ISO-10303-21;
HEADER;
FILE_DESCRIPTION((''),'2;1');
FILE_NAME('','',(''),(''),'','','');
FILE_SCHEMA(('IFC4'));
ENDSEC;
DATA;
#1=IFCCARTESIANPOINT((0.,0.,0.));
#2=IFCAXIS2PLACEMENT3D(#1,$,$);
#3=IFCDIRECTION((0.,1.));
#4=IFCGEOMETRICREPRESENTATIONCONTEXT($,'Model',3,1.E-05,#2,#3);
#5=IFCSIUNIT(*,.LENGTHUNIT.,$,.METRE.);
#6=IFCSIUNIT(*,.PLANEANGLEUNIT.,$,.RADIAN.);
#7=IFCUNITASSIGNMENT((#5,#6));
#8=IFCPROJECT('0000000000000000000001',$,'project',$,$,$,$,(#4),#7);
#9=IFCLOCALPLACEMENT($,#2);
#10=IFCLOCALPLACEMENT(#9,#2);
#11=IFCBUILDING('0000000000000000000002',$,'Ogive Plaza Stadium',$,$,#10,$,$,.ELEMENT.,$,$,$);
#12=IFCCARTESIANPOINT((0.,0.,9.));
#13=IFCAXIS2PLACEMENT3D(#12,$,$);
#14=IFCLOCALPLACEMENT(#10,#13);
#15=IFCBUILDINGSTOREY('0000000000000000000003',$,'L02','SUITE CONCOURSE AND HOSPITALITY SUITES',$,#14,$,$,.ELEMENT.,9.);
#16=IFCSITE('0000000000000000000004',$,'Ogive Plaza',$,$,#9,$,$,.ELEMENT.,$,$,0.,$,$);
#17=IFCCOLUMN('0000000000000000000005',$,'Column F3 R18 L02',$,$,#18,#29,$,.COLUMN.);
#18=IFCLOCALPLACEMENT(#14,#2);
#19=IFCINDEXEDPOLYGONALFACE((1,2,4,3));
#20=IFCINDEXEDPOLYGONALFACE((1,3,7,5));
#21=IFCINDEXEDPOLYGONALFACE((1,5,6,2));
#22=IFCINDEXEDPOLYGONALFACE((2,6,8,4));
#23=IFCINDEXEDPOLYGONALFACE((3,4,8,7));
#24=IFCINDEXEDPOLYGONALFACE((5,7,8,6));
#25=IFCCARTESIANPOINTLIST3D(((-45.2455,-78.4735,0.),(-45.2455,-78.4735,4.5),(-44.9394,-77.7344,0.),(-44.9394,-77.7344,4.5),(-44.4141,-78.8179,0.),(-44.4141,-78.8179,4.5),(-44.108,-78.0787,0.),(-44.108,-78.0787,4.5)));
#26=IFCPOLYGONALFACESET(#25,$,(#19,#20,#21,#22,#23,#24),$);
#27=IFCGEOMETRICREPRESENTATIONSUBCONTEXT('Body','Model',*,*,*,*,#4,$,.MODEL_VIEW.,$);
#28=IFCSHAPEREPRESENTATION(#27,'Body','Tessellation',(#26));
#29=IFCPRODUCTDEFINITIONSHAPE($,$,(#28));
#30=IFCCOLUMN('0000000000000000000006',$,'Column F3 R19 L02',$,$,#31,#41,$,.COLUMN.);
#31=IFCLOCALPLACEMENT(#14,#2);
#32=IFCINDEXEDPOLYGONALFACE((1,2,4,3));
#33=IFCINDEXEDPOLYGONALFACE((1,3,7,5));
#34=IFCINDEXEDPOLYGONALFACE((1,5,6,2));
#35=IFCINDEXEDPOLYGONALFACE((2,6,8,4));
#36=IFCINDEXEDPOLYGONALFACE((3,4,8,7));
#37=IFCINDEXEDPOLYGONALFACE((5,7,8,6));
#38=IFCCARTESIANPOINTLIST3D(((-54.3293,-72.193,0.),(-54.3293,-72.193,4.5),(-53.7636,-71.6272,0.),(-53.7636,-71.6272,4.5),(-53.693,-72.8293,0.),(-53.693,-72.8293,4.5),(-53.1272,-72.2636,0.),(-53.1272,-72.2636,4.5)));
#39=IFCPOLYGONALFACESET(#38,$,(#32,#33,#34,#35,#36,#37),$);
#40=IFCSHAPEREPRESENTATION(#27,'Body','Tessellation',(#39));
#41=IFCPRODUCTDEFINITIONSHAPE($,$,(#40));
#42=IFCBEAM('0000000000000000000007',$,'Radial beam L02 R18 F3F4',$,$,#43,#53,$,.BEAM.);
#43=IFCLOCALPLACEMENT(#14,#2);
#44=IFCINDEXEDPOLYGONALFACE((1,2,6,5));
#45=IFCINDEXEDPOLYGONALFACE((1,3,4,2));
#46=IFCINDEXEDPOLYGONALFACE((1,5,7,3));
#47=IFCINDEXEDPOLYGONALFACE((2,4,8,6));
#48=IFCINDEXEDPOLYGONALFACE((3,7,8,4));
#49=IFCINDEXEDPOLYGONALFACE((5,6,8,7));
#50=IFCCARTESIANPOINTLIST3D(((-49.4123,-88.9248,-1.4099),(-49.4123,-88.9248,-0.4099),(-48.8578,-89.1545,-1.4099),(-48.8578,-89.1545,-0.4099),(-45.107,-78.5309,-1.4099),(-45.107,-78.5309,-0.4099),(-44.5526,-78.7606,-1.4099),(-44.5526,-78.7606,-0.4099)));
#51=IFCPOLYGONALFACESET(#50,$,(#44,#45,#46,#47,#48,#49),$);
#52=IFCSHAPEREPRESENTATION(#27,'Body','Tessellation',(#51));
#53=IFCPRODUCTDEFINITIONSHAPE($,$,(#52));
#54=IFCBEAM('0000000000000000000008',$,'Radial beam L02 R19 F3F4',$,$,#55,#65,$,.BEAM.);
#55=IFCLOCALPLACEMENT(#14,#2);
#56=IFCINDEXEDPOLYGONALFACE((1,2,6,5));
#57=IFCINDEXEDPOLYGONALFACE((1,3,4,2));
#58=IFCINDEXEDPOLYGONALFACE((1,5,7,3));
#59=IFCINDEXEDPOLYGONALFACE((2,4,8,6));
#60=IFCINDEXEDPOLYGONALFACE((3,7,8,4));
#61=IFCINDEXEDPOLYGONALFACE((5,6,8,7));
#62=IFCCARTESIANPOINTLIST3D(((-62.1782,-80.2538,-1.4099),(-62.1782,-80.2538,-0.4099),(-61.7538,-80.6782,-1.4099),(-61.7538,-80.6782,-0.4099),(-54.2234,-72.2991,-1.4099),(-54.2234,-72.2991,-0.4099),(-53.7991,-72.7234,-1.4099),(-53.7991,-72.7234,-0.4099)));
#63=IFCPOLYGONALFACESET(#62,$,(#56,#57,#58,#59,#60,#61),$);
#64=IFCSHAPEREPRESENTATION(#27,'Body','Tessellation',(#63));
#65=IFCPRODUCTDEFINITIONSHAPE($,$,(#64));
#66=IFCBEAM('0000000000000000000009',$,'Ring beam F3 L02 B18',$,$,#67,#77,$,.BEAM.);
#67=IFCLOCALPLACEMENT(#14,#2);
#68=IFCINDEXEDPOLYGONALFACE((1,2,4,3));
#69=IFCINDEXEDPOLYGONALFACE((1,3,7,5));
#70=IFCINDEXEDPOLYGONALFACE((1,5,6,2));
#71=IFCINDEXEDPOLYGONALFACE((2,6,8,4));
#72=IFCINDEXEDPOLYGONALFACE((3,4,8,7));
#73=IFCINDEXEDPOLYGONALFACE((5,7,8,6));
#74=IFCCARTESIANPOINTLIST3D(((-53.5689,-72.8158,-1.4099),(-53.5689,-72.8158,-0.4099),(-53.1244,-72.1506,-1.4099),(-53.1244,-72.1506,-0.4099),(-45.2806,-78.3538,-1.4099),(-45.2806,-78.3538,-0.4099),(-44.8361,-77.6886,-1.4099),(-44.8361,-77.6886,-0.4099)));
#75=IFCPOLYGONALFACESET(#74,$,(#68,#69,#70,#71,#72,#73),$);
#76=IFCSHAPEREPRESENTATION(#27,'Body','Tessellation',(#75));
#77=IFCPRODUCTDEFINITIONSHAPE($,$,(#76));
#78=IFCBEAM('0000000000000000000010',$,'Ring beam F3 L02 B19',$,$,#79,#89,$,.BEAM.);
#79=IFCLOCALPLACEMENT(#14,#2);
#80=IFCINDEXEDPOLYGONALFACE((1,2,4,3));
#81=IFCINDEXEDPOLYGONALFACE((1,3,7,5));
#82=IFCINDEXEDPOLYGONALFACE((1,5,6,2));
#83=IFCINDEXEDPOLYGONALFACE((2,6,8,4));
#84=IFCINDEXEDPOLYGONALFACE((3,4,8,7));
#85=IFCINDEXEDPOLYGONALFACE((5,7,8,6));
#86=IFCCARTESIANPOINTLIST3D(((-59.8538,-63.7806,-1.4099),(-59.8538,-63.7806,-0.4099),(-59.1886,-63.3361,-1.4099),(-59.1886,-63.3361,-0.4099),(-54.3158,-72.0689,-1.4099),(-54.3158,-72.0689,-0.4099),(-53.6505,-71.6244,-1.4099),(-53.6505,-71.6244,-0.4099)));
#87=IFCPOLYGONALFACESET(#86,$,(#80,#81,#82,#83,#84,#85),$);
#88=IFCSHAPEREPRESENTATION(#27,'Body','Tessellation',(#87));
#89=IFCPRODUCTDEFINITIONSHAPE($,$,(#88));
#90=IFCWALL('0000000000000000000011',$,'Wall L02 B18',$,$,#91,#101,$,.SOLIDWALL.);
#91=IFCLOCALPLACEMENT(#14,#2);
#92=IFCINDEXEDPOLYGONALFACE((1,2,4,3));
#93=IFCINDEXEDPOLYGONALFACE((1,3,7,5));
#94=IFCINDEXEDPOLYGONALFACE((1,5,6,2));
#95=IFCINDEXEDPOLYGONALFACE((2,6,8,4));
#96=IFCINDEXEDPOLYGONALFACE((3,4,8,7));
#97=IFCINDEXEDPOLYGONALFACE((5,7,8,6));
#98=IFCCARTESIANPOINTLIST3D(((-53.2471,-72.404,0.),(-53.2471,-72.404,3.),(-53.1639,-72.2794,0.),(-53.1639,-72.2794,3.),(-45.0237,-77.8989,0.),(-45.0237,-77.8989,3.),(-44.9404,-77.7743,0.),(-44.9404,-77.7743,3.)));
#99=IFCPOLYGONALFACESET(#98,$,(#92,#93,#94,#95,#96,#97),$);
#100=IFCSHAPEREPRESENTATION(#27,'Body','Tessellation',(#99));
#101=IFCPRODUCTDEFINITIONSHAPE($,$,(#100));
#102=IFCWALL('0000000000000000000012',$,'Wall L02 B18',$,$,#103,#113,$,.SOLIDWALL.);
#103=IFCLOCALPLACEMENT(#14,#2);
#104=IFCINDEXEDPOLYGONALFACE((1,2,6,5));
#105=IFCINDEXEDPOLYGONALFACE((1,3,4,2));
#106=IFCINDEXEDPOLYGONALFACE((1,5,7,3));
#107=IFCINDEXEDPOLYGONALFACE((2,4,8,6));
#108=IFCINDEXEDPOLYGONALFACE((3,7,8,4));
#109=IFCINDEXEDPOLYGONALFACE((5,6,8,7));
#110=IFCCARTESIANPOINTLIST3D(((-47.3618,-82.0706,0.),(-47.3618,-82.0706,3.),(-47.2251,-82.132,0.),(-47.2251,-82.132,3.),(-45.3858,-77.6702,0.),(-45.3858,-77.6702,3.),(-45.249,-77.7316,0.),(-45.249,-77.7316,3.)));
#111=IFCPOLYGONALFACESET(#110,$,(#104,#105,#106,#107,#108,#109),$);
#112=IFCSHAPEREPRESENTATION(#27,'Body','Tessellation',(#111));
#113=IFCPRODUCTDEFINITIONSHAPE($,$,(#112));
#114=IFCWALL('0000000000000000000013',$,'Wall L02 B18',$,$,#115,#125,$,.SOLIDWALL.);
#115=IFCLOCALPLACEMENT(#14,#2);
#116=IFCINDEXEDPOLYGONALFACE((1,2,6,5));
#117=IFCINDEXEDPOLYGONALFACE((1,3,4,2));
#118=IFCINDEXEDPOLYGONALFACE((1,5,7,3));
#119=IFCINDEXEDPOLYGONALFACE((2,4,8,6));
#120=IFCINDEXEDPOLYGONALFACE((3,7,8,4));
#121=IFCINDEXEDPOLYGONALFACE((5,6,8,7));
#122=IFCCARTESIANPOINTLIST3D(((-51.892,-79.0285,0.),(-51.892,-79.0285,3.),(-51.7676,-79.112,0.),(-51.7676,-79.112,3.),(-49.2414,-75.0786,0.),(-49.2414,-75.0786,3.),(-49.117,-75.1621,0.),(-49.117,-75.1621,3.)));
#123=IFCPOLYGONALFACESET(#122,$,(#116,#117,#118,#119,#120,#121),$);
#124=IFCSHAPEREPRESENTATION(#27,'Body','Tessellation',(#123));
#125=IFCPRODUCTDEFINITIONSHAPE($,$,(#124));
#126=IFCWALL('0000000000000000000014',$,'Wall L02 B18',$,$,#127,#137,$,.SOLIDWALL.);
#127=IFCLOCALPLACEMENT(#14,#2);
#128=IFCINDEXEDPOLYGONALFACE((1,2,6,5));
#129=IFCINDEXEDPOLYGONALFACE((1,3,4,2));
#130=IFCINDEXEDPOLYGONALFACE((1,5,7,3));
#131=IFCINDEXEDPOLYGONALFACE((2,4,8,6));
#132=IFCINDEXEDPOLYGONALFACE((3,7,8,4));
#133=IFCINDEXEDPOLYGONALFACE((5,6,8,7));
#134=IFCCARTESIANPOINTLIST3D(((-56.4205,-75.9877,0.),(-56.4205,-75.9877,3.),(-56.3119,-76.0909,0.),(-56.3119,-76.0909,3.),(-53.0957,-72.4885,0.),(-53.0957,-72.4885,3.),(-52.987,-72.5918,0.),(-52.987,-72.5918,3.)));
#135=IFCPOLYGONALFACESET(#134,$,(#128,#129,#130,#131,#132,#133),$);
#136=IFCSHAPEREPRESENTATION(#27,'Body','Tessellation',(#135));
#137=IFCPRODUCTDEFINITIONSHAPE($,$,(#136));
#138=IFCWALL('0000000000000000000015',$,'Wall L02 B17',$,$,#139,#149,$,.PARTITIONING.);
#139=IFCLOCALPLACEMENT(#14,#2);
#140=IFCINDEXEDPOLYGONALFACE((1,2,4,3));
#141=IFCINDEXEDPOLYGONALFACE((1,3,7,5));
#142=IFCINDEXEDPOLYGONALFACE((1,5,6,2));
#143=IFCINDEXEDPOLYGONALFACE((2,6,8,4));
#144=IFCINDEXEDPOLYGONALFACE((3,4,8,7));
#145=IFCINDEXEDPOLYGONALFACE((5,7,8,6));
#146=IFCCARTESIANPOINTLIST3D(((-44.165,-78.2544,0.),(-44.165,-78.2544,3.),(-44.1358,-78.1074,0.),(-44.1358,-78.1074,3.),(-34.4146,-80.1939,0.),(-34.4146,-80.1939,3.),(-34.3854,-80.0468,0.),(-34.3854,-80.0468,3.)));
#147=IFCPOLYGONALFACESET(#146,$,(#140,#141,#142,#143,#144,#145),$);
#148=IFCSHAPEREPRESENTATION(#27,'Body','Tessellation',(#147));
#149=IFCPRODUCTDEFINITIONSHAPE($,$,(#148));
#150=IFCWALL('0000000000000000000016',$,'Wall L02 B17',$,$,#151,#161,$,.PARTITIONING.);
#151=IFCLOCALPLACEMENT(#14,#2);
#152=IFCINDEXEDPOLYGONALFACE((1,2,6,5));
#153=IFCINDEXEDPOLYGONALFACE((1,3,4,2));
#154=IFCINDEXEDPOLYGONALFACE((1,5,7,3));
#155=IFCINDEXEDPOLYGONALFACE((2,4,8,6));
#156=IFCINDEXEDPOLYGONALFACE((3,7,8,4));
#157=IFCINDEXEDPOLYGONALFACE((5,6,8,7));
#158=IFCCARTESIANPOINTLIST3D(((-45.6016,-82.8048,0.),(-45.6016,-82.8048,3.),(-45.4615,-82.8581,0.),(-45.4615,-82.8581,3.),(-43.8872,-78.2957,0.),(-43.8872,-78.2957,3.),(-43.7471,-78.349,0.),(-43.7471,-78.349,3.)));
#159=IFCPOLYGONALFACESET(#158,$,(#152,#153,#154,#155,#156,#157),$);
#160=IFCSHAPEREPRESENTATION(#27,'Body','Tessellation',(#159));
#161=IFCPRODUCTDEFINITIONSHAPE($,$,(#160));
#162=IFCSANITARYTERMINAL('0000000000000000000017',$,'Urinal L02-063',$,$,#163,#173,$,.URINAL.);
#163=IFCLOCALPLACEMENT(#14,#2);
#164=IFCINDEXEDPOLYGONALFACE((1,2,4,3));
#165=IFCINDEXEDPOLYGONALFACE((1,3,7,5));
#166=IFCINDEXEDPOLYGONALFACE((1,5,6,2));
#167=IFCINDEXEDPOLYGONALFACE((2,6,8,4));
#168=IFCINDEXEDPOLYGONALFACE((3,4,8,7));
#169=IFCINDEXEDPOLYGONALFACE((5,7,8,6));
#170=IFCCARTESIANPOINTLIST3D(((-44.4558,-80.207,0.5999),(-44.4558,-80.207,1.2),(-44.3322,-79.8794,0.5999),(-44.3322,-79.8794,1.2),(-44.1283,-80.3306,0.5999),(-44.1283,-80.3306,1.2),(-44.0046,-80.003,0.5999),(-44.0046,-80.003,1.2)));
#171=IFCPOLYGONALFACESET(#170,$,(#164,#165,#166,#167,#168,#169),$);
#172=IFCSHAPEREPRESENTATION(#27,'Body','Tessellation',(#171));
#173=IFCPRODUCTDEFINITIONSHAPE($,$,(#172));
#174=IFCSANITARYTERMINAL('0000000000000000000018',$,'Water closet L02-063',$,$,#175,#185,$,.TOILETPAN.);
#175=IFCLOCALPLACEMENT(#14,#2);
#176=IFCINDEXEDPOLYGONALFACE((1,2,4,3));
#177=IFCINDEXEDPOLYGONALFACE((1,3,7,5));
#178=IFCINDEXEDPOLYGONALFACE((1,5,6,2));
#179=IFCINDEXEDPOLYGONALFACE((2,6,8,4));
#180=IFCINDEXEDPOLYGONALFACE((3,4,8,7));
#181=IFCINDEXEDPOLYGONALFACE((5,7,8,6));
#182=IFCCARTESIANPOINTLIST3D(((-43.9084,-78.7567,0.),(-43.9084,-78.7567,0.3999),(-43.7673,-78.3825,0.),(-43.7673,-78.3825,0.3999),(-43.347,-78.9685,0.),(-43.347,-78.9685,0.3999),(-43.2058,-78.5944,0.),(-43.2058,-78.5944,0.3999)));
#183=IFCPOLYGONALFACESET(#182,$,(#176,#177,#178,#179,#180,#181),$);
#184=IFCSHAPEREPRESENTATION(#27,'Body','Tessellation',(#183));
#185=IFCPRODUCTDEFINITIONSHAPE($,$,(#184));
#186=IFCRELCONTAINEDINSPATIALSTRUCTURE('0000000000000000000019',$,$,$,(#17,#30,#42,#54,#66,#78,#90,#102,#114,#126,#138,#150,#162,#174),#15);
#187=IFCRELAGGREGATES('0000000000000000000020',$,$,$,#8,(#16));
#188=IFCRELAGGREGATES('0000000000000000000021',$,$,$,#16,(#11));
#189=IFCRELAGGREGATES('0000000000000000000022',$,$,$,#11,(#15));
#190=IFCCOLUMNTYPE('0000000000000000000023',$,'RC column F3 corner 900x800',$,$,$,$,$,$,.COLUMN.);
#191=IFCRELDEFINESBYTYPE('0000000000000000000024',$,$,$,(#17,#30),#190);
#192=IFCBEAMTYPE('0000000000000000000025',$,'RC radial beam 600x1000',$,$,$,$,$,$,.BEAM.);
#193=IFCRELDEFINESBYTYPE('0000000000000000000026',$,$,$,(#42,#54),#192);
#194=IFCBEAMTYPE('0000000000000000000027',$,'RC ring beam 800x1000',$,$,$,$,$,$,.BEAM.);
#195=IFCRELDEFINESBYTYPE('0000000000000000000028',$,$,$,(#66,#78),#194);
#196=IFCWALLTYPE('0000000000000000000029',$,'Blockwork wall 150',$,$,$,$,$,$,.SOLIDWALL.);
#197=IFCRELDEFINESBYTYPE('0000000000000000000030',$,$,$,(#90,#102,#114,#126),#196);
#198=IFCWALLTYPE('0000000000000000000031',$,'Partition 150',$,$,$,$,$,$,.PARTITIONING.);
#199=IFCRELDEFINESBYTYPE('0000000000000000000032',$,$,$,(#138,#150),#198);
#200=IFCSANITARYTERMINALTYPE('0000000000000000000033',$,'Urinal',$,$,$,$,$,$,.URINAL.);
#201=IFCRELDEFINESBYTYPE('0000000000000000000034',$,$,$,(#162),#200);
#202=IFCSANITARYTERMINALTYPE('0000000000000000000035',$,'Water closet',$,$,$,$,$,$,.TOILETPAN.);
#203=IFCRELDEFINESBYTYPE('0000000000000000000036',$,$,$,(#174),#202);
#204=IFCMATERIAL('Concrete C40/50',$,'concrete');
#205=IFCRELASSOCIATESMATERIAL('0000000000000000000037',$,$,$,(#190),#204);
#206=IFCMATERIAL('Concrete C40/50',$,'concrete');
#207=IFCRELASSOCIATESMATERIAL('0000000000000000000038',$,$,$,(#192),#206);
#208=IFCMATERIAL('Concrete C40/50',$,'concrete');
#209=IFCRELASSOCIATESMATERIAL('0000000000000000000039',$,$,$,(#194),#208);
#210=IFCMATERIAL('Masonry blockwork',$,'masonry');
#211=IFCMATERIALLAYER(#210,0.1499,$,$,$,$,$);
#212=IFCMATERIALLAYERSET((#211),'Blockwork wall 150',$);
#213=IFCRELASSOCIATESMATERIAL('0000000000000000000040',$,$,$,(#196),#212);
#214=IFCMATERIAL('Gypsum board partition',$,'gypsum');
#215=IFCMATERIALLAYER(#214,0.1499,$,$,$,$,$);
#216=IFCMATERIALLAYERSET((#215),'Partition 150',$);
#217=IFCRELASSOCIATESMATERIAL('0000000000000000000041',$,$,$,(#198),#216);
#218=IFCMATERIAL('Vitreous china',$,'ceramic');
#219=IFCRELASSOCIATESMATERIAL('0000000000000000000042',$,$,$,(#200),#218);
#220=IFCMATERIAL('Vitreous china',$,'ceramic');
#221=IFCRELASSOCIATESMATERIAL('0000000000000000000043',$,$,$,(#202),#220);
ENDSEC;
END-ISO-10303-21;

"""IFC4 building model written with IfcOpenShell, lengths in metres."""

from ifc_helpers import new_model, si_unit, direction, frame, frame_2d, origin, origin_2d, place, context, subcontext, project, spatial, rectangle, extrude, material, layer, layer_set, material_profile, profile_set, type_object, element, save


model = new_model("IFC4")

# Units and contexts
model_context = context("Model", 3, precision=1e-05, world=origin(), true_north=direction((0.0, 1.0)))
body_context = subcontext(model_context, "Body", "Model", "MODEL_VIEW")
ifc_project = project(units=[si_unit("LENGTHUNIT", "METRE"), si_unit("PLANEANGLEUNIT", "RADIAN")], contexts=[model_context])

# Site, building, storey
site_placement = place(None, origin())
site = spatial("IfcSite", under=ifc_project, at=site_placement, Name="Ogive Plaza", CompositionType="ELEMENT", RefElevation=0.0)
building_placement = place(site_placement, origin())
building = spatial("IfcBuilding", under=site, at=building_placement, Name="Ogive Plaza Stadium", CompositionType="ELEMENT")
storey_placement = place(building_placement, frame((0.0, 0.0, 9.0)))
storey = spatial("IfcBuildingStorey", under=building, at=storey_placement, Name="L02", Description="SUITE CONCOURSE AND HOSPITALITY SUITES", CompositionType="ELEMENT", Elevation=9.0)

# Columns
ifc_material_1 = material(Name="Concrete C40/50", Category="concrete")
ifc_material_profile_1 = material_profile(ifc_material_1, rectangle(XDim=0.8999, YDim=0.8, at=origin_2d()), Name="RC 900x800")
ifc_profile_set_1 = profile_set([ifc_material_profile_1], Name="Concrete C40/50")
column_type = type_object("IfcColumnType", Name="RC column F3 corner 900x800", PredefinedType="COLUMN", material=ifc_profile_set_1)
for number, where, z_axis, x_axis, name in (
    (1, (-44.6768, -78.2761, 0.0), (0.0, 0.0, 1.0), (0.92388, -0.382683, 0.0), "Column F3 R18 L02"),
    (2, (-53.7283, -72.2283, 0.0), (0.0, 0.0, 1.0), (0.707107, -0.707107, 0.0), "Column F3 R19 L02"),
):
    element("IfcColumn", number, at=place(storey_placement, frame(where, z_axis=z_axis, x_axis=x_axis)), inside=storey, type_object=column_type, Name=name, PredefinedType="COLUMN", context=body_context, shape_type="SweptSolid", body=[
        extrude(rectangle(XDim=0.8999, YDim=0.8, at=origin_2d()), origin(), (0.0, 0.0, 1.0), 4.5),
    ])

# Beams
ifc_material_2 = material(Name="Concrete C40/50", Category="concrete")
ifc_material_profile_2 = material_profile(ifc_material_2, rectangle(XDim=0.6001, YDim=1.0, at=origin_2d()), Name="RC 600x1000")
ifc_profile_set_2 = profile_set([ifc_material_profile_2], Name="Concrete C40/50")
beam_type_1 = type_object("IfcBeamType", Name="RC radial beam 600x1000", PredefinedType="BEAM", material=ifc_profile_set_2)
beam_1_placement = place(storey_placement, frame((-44.8298, -78.6458, -0.9099), z_axis=(-0.382678, -0.923882, 0.0), x_axis=(0.923882, -0.382678, 0.0)))
element("IfcBeam", 3, at=beam_1_placement, inside=storey, type_object=beam_type_1, Name="Radial beam L02 R18 F3F4", PredefinedType="BEAM", context=body_context, shape_type="SweptSolid", body=[
    extrude(rectangle(XDim=0.6001, YDim=1.0, at=origin_2d()), origin(), (0.0, 0.0, 1.0), 11.2502),
])
beam_2_placement = place(storey_placement, frame((-54.0112, -72.5112, -0.9099), z_axis=(-0.707107, -0.707107, 0.0), x_axis=(0.707107, -0.707107, 0.0)))
element("IfcBeam", 4, at=beam_2_placement, inside=storey, type_object=beam_type_1, Name="Radial beam L02 R19 F3F4", PredefinedType="BEAM", context=body_context, shape_type="SweptSolid", body=[
    extrude(rectangle(XDim=0.6001, YDim=1.0, at=origin_2d()), origin(), (0.0, 0.0, 1.0), 11.2498),
])
ifc_material_3 = material(Name="Concrete C40/50", Category="concrete")
ifc_material_profile_3 = material_profile(ifc_material_3, rectangle(XDim=0.8, YDim=1.0, at=origin_2d()), Name="RC 800x1000")
ifc_profile_set_3 = profile_set([ifc_material_profile_3], Name="Concrete C40/50")
beam_type_2 = type_object("IfcBeamType", Name="RC ring beam 800x1000", PredefinedType="BEAM", material=ifc_profile_set_3)
for number, where, z_axis, x_axis, name in (
    (5, (-45.0583, -78.0212, -0.9099), (-0.83147, 0.55557, 0.0), (-0.55557, -0.83147, 0.0), "Ring beam F3 L02 B18"),
    (6, (-53.9832, -71.8467, -0.9099), (-0.55557, 0.83147, 0.0), (-0.83147, -0.55557, 0.0), "Ring beam F3 L02 B19"),
):
    element("IfcBeam", number, at=place(storey_placement, frame(where, z_axis=z_axis, x_axis=x_axis)), inside=storey, type_object=beam_type_2, Name=name, PredefinedType="BEAM", context=body_context, shape_type="SweptSolid", body=[
        extrude(rectangle(XDim=0.8, YDim=1.0, at=origin_2d()), origin(), (0.0, 0.0, 1.0), 9.9683),
    ])

# Walls
ifc_material_4 = material(Name="Masonry blockwork", Category="masonry")
ifc_layer_1 = layer(ifc_material_4, 0.1499)
ifc_layer_set_1 = layer_set([ifc_layer_1], Name="Blockwork wall 150")
wall_type_1 = type_object("IfcWallType", Name="Blockwork wall 150", PredefinedType="SOLIDWALL", material=ifc_layer_set_1)
wall_1_placement = place(storey_placement, frame((-44.9819, -77.8367, 0.0), z_axis=(0.0, 0.0, 1.0), x_axis=(-0.831461, 0.555583, 0.0)))
element("IfcWall", 7, at=wall_1_placement, inside=storey, type_object=wall_type_1, Name="Wall L02 B18", PredefinedType="SOLIDWALL", context=body_context, shape_type="SweptSolid", body=[
    extrude(rectangle(XDim=9.8904, YDim=0.1499, at=frame_2d((4.9453, 0.0))), origin(), (0.0, 0.0, 1.0), 3.0),
])
wall_2_placement = place(storey_placement, frame((-45.3174, -77.7009, 0.0), z_axis=(0.0, 0.0, 1.0), x_axis=(-0.409657, -0.912239, 0.0)))
element("IfcWall", 8, at=wall_2_placement, inside=storey, type_object=wall_type_1, Name="Wall L02 B18", PredefinedType="SOLIDWALL", context=body_context, shape_type="SweptSolid", body=[
    extrude(rectangle(XDim=4.8237, YDim=0.1499, at=frame_2d((2.4119, 0.0))), origin(), (0.0, 0.0, 1.0), 3.0),
])
wall_3_placement = place(storey_placement, frame((-49.1792, -75.1204, 0.0), z_axis=(0.0, 0.0, 1.0), x_axis=(-0.55722, -0.830365, 0.0)))
element("IfcWall", 9, at=wall_3_placement, inside=storey, type_object=wall_type_1, Name="Wall L02 B18", PredefinedType="SOLIDWALL", context=body_context, shape_type="SweptSolid", body=[
    extrude(rectangle(XDim=4.7568, YDim=0.1499, at=frame_2d((2.3784, 0.0))), origin(), (0.0, 0.0, 1.0), 3.0),
])
wall_4_placement = place(storey_placement, frame((-53.0413, -72.54, 0.0), z_axis=(0.0, 0.0, 1.0), x_axis=(-0.68882, -0.724933, 0.0)))
element("IfcWall", 10, at=wall_4_placement, inside=storey, type_object=wall_type_1, Name="Wall L02 B18", PredefinedType="SOLIDWALL", context=body_context, shape_type="SweptSolid", body=[
    extrude(rectangle(XDim=4.8269, YDim=0.1499, at=frame_2d((2.4136, 0.0))), origin(), (0.0, 0.0, 1.0), 3.0),
])
ifc_material_5 = material(Name="Gypsum board partition", Category="gypsum")
ifc_layer_2 = layer(ifc_material_5, 0.1499)
ifc_layer_set_2 = layer_set([ifc_layer_2], Name="Partition 150")
wall_type_2 = type_object("IfcWallType", Name="Partition 150", PredefinedType="PARTITIONING", material=ifc_layer_set_2)
wall_5_placement = place(storey_placement, frame((-44.1504, -78.1809, 0.0), z_axis=(0.0, 0.0, 1.0), x_axis=(0.980786, -0.195086, 0.0)))
element("IfcWall", 11, at=wall_5_placement, inside=storey, type_object=wall_type_2, Name="Wall L02 B17", PredefinedType="PARTITIONING", context=body_context, shape_type="SweptSolid", body=[
    extrude(rectangle(XDim=9.9414, YDim=0.1499, at=frame_2d((4.9707, 0.0))), origin(), (0.0, 0.0, 1.0), 3.0),
])
wall_6_placement = place(storey_placement, frame((-43.8171, -78.3223, 0.0), z_axis=(0.0, 0.0, 1.0), x_axis=(-0.355385, -0.93472, 0.0)))
element("IfcWall", 12, at=wall_6_placement, inside=storey, type_object=wall_type_2, Name="Wall L02 B17", PredefinedType="PARTITIONING", context=body_context, shape_type="SweptSolid", body=[
    extrude(rectangle(XDim=4.824, YDim=0.1499, at=frame_2d((2.4121, 0.0))), origin(), (0.0, 0.0, 1.0), 3.0),
])

# Sanitary terminals
ifc_material_6 = material(Name="Vitreous china", Category="ceramic")
sanitary_terminal_type_1 = type_object("IfcSanitaryTerminalType", Name="Urinal", PredefinedType="URINAL", material=ifc_material_6)
sanitary_terminal_placement = place(storey_placement, frame((-44.2302, -80.105, 0.5999), z_axis=(0.0, 0.0, 1.0), x_axis=(-0.353065, -0.935599, 0.0)))
element("IfcSanitaryTerminal", 13, at=sanitary_terminal_placement, inside=storey, type_object=sanitary_terminal_type_1, Name="Urinal L02-063", PredefinedType="URINAL", context=body_context, shape_type="SweptSolid", body=[
    extrude(rectangle(XDim=0.3501, YDim=0.3501, at=origin_2d()), origin(), (0.0, 0.0, 1.0), 0.6001),
])
ifc_material_7 = material(Name="Vitreous china", Category="ceramic")
sanitary_terminal_type_2 = type_object("IfcSanitaryTerminalType", Name="Water closet", PredefinedType="TOILETPAN", material=ifc_material_7)
for number, where, z_axis, x_axis, name in (
    (14, (-43.5571, -78.6755, 0.0), (0.0, 0.0, 1.0), (-0.353065, -0.935599, 0.0), "Water closet L02-063"),
):
    element("IfcSanitaryTerminal", number, at=place(storey_placement, frame(where, z_axis=z_axis, x_axis=x_axis)), inside=storey, type_object=sanitary_terminal_type_2, Name=name, PredefinedType="TOILETPAN", context=body_context, shape_type="SweptSolid", body=[
        extrude(rectangle(XDim=0.3999, YDim=0.6001, at=origin_2d()), origin(), (0.0, 0.0, 1.0), 0.3999),
    ])

save(model, "model.ifc")
